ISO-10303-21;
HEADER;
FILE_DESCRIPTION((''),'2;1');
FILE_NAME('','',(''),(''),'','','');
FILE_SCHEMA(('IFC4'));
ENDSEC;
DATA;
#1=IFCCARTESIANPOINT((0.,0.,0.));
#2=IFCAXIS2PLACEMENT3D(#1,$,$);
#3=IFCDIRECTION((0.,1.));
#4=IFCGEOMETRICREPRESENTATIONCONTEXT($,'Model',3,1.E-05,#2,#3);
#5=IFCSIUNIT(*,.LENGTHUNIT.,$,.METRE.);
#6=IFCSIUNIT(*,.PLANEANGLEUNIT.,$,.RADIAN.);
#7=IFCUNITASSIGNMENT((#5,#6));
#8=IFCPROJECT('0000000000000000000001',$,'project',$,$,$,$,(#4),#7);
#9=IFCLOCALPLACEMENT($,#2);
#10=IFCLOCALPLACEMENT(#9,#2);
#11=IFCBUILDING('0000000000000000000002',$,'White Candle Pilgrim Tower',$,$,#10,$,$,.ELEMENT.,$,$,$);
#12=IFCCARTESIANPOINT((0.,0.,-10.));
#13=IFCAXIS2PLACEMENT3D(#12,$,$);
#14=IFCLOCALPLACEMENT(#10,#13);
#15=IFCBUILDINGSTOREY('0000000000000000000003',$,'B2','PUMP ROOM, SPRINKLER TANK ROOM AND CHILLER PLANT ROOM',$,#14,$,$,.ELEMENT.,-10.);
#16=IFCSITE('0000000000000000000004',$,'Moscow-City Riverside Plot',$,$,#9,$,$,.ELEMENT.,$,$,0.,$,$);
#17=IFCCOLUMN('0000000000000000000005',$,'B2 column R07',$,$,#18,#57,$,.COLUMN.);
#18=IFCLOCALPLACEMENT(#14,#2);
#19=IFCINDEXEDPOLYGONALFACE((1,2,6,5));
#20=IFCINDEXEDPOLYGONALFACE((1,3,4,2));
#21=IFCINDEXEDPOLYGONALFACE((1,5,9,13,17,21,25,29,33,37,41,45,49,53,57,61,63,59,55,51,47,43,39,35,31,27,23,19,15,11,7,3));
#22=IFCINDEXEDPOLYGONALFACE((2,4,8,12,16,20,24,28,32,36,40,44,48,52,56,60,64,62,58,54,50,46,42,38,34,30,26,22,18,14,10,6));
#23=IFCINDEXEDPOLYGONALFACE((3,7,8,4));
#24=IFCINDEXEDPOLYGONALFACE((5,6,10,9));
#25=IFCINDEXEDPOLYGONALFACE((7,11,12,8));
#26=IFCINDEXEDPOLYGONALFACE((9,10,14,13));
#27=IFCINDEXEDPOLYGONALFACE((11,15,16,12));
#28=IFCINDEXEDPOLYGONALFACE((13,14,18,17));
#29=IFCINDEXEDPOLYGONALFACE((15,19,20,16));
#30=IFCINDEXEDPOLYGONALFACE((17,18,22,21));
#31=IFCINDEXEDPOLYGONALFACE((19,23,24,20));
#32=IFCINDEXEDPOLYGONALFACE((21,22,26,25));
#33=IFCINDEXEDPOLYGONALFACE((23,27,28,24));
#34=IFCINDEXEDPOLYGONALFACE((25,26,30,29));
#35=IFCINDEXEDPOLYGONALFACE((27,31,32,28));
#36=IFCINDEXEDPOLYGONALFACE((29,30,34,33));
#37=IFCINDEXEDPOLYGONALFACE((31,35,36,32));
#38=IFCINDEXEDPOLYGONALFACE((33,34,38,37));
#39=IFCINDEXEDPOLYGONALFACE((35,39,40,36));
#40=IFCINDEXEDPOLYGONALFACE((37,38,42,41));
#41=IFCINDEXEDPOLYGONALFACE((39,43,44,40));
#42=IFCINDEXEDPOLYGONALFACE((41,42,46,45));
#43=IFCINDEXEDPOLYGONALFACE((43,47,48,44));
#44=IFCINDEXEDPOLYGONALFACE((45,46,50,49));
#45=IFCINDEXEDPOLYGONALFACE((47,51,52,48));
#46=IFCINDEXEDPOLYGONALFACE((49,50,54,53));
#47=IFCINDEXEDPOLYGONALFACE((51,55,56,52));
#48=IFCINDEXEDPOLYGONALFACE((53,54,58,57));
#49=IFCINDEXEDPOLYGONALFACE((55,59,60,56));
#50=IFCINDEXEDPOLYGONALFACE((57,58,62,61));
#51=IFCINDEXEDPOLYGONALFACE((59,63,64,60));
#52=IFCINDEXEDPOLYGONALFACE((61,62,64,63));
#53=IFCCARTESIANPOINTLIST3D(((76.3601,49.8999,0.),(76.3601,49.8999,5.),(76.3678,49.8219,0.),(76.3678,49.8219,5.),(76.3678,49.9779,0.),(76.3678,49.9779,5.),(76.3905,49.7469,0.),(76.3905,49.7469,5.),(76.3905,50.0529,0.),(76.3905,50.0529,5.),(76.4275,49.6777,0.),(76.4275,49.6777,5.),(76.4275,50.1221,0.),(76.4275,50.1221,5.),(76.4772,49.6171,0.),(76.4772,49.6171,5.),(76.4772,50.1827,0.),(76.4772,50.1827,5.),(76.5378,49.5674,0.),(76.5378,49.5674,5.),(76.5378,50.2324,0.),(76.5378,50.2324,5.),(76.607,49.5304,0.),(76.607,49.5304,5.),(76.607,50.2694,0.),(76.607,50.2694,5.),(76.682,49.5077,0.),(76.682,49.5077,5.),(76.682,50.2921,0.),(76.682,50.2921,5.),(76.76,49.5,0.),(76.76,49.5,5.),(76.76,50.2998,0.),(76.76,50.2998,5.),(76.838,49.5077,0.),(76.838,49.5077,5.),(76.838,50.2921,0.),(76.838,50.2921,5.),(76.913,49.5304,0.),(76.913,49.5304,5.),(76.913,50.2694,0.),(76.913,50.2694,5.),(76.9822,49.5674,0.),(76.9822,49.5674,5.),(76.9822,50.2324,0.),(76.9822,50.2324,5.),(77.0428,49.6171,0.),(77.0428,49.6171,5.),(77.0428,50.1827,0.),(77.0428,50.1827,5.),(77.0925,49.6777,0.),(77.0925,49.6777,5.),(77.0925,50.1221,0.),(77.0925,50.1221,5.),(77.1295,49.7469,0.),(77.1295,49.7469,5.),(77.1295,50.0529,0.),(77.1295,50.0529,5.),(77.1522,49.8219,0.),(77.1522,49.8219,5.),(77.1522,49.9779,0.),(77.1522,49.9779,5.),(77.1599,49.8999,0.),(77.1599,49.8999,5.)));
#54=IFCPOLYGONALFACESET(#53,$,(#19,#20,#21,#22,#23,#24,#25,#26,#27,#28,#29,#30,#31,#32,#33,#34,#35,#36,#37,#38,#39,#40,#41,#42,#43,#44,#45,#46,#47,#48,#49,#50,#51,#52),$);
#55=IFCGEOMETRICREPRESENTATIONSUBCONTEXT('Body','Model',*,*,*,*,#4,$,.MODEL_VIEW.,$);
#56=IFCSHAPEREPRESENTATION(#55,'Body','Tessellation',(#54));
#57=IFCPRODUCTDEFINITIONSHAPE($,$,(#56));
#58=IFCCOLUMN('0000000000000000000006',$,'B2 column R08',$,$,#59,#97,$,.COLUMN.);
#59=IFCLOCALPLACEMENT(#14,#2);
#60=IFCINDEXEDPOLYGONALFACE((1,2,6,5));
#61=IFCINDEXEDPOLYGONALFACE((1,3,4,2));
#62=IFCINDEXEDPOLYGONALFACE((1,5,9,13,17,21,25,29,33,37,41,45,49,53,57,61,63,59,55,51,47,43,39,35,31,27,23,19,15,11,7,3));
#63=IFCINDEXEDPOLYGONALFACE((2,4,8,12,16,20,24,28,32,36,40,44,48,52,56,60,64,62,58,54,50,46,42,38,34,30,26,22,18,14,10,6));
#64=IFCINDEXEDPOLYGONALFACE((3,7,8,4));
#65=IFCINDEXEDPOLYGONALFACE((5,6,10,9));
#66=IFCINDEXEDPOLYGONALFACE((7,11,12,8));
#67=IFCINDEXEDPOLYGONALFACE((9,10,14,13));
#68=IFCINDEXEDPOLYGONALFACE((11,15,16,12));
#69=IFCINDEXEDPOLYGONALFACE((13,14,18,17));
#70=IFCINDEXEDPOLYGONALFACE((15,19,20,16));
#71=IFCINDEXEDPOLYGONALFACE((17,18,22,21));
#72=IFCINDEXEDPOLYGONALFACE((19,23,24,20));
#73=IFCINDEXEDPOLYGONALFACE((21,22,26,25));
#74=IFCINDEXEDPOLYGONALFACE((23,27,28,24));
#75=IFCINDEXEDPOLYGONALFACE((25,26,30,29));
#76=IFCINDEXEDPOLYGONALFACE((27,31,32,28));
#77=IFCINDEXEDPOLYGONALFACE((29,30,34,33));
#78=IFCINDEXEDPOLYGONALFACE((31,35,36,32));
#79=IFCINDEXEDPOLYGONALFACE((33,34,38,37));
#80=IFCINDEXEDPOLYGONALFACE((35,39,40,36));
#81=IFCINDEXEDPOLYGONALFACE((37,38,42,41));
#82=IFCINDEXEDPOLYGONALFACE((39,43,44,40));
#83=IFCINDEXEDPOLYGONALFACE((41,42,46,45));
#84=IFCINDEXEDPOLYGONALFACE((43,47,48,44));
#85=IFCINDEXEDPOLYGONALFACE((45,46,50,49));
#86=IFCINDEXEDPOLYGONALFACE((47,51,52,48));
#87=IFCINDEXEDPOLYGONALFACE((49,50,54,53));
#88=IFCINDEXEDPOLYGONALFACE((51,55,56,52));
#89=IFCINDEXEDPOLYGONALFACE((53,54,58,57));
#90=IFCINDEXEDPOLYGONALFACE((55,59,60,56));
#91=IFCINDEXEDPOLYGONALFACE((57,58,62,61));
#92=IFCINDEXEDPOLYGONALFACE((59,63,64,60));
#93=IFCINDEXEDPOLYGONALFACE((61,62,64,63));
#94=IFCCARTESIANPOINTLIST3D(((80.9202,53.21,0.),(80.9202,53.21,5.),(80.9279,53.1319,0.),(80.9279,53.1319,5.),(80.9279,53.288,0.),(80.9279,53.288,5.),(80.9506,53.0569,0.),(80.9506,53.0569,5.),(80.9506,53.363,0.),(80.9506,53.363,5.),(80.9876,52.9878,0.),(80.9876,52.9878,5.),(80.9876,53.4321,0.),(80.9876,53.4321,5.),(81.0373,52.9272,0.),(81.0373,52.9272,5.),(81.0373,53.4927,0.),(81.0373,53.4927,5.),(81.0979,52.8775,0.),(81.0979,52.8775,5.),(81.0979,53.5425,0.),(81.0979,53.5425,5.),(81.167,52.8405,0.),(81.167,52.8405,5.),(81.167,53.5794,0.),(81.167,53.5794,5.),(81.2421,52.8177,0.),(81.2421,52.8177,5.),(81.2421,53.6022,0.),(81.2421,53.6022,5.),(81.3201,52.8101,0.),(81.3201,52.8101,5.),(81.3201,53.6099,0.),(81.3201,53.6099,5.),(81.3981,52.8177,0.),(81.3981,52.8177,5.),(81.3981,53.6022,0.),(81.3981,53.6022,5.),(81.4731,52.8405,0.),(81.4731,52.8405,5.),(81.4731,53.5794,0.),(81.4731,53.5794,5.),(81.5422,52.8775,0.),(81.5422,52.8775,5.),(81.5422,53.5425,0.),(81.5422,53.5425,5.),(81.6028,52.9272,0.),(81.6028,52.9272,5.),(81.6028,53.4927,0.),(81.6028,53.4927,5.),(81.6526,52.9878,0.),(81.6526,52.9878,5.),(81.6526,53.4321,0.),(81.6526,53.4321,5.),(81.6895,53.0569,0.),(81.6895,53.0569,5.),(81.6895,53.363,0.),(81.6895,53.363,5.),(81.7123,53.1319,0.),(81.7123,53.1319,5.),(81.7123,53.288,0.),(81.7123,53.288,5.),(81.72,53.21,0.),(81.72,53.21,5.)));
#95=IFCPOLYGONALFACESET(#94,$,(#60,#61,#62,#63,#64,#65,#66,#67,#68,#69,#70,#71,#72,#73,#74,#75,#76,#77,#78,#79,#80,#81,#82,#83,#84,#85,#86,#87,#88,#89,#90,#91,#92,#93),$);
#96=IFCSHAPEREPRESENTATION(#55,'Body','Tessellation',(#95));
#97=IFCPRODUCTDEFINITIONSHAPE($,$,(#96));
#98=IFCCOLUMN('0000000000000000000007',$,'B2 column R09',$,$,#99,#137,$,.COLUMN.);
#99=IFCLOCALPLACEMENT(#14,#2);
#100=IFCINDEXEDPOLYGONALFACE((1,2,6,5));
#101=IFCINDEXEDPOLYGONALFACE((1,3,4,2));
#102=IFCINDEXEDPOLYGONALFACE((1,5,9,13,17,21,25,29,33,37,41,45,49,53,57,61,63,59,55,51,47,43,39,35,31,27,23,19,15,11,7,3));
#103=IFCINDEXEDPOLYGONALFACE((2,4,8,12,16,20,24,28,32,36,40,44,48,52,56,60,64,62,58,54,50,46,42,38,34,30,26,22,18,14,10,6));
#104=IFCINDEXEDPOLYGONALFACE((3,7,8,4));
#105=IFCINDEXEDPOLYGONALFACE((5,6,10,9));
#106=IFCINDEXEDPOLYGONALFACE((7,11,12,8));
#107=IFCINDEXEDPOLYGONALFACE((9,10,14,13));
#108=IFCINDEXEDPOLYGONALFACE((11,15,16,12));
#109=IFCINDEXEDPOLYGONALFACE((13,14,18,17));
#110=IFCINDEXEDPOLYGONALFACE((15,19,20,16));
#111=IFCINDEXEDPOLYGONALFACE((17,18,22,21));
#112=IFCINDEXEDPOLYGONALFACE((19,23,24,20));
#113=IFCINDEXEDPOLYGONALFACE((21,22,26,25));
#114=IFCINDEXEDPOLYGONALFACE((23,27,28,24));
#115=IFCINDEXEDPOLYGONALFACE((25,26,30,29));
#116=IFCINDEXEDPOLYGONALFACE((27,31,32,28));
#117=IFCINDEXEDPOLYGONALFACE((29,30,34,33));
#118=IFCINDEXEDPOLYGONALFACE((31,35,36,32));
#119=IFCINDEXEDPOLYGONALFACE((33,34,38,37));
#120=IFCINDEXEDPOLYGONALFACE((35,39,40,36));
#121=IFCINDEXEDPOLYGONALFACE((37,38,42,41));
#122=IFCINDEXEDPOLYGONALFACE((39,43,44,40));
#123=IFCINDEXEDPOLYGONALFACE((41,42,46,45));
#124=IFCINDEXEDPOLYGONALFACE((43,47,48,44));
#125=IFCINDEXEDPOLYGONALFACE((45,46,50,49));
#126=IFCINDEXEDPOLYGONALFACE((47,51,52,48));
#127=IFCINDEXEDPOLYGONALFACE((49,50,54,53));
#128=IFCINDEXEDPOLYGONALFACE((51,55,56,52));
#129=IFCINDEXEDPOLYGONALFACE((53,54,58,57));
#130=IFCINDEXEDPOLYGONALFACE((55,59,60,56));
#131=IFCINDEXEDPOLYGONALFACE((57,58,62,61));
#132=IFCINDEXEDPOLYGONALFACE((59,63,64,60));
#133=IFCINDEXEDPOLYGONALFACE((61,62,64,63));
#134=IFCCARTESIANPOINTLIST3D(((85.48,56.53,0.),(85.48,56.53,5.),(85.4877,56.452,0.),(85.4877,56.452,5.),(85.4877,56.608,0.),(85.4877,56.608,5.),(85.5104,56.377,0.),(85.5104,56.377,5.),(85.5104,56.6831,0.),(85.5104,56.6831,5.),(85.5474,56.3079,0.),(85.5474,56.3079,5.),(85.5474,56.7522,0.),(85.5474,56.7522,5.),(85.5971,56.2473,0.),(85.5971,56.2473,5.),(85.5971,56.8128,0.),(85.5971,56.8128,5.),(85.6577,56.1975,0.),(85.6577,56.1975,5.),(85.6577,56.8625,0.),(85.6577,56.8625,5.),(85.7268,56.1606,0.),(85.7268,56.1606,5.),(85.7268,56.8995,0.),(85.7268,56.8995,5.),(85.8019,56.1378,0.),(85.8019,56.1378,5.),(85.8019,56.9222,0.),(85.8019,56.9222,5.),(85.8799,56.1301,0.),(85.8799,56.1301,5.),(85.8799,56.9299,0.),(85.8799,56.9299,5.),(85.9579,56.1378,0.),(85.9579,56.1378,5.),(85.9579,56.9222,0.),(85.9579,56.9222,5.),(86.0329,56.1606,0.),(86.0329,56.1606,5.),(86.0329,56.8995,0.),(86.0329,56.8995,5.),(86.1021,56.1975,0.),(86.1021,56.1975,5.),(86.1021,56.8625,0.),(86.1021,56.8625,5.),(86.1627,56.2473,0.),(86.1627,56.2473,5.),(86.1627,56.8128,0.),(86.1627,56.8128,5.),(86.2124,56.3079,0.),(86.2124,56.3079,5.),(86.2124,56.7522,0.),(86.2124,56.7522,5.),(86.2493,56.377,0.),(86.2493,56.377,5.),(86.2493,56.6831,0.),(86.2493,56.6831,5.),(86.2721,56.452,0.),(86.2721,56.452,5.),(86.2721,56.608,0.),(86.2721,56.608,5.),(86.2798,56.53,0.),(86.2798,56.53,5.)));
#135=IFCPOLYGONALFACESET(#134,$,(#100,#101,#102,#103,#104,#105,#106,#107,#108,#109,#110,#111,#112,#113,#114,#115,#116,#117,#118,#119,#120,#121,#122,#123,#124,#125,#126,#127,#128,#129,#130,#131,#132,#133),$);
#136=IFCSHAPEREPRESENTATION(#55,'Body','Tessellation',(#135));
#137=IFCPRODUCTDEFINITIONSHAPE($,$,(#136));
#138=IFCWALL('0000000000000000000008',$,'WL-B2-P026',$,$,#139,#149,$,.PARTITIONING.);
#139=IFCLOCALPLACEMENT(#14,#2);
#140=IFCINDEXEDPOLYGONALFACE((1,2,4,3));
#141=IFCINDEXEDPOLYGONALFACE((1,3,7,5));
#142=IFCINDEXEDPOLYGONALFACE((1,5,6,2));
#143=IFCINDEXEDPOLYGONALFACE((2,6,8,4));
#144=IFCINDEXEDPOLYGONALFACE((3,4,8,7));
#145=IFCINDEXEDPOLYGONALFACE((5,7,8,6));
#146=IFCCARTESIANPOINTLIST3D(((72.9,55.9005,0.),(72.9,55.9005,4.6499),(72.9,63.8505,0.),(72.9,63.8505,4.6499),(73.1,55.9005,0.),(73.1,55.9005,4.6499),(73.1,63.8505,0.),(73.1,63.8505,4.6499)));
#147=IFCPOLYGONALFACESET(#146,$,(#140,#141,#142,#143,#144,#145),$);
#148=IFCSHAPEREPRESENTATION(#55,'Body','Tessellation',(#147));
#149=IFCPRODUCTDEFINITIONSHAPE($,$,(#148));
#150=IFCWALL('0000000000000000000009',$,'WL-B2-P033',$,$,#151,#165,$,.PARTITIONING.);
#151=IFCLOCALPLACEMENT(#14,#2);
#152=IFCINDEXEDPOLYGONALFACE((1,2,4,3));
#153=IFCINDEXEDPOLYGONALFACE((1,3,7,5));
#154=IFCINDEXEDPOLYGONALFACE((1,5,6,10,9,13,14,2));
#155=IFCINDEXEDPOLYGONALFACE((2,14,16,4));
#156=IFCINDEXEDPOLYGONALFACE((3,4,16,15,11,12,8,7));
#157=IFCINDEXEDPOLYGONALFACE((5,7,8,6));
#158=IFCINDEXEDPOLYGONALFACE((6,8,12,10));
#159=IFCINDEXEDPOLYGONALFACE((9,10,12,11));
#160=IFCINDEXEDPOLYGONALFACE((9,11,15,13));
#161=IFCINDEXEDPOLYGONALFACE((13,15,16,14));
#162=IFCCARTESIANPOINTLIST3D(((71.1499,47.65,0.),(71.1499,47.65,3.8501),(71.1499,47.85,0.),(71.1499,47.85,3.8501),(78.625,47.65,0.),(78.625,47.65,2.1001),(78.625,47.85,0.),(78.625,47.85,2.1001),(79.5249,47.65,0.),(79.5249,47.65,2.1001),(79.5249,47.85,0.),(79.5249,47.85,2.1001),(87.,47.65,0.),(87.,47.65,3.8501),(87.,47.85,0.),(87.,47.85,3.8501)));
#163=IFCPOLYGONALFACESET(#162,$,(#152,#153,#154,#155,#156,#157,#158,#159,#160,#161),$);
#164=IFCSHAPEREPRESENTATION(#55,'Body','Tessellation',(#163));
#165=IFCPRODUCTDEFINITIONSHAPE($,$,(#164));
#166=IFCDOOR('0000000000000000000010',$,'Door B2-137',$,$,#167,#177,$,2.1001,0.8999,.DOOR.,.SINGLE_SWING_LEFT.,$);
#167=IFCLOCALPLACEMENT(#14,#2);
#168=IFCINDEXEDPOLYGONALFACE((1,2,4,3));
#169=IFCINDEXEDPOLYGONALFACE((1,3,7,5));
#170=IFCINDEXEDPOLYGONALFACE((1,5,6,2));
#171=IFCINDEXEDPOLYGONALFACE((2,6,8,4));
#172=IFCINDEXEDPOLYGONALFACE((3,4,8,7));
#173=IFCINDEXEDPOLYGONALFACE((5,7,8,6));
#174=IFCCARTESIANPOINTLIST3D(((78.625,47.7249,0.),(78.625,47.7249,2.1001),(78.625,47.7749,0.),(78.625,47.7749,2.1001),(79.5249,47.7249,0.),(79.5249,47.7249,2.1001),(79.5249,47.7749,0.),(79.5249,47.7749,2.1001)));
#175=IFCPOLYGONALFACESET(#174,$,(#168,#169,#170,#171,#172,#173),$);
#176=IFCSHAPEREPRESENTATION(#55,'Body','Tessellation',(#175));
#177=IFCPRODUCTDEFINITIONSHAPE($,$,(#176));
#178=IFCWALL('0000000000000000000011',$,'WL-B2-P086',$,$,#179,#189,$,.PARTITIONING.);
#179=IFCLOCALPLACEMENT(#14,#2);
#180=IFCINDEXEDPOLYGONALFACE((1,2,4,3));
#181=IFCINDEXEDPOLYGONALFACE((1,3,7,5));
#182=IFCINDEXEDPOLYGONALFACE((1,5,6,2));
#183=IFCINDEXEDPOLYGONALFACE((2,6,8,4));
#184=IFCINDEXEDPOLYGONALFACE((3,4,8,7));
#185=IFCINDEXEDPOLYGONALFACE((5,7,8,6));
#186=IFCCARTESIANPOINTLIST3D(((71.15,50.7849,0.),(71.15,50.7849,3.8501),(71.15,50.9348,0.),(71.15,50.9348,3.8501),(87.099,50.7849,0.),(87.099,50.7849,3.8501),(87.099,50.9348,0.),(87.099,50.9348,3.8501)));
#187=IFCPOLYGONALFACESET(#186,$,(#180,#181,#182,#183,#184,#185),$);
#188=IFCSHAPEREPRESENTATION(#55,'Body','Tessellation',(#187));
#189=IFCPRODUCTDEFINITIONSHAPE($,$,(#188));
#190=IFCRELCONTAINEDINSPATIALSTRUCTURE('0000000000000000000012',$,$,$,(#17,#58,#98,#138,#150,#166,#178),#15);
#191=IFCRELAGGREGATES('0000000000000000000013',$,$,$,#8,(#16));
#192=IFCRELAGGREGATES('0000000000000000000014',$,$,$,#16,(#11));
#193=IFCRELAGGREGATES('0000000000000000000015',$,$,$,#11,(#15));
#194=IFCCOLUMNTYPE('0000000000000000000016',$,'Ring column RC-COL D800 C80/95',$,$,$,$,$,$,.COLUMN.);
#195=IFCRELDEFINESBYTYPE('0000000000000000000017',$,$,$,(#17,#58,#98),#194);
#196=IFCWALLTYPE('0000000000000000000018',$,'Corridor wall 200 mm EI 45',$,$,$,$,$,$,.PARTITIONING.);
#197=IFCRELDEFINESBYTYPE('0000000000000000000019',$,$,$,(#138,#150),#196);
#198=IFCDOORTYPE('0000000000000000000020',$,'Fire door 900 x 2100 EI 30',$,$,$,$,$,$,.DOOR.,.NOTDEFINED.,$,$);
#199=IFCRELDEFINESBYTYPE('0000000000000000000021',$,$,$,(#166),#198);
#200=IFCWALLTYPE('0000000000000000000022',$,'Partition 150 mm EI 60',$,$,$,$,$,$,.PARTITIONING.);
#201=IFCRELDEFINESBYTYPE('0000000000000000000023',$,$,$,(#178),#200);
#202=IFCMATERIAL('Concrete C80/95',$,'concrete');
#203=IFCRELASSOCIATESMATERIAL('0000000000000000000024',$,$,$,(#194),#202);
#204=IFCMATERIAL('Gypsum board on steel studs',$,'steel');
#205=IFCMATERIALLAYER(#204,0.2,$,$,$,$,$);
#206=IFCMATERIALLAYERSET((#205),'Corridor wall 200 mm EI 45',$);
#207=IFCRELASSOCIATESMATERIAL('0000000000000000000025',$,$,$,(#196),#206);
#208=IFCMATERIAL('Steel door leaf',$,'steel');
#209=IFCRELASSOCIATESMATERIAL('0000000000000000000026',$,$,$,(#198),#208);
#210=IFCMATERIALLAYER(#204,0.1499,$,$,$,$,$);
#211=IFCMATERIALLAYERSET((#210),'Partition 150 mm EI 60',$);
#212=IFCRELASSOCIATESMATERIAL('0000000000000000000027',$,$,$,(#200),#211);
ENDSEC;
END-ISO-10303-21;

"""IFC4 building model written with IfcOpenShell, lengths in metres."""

from ifc_helpers import new_model, si_unit, direction, frame, frame_2d, origin, origin_2d, place, context, subcontext, project, spatial, rectangle, circle, extrude, material, layer, layer_set, material_profile, profile_set, type_object, element, fill, save


model = new_model("IFC4")

# Units and contexts
model_context = context("Model", 3, precision=1e-05, world=origin(), true_north=direction((0.0, 1.0)))
body_context = subcontext(model_context, "Body", "Model", "MODEL_VIEW")
ifc_project = project(units=[si_unit("LENGTHUNIT", "METRE"), si_unit("PLANEANGLEUNIT", "RADIAN")], contexts=[model_context])

# Site, building, storey
site_placement = place(None, origin())
site = spatial("IfcSite", under=ifc_project, at=site_placement, Name="Moscow-City Riverside Plot", CompositionType="ELEMENT", RefElevation=0.0)
building_placement = place(site_placement, origin())
building = spatial("IfcBuilding", under=site, at=building_placement, Name="White Candle Pilgrim Tower", CompositionType="ELEMENT")
storey_placement = place(building_placement, frame((0.0, 0.0, -10.0)))
storey = spatial("IfcBuildingStorey", under=building, at=storey_placement, Name="B2", Description="PUMP ROOM, SPRINKLER TANK ROOM AND CHILLER PLANT ROOM", CompositionType="ELEMENT", Elevation=-10.0)

# Columns
ifc_material_1 = material(Name="Concrete C80/95", Category="concrete")
ifc_material_profile_1 = material_profile(ifc_material_1, circle(Radius=0.3999, at=origin_2d()), Name="RC-COL D800")
ifc_profile_set_1 = profile_set([ifc_material_profile_1], Name="Concrete C80/95")
column_type_1 = type_object("IfcColumnType", Name="Ring column RC-COL D800 C80/95", PredefinedType="COLUMN", material=ifc_profile_set_1)
for number, where, z_axis, x_axis, name in (
    (1, (76.76, 49.8999, 0.0), (0.0, 0.0, 1.0), (1.0, 0.0, 0.0), "B2 column R07"),
    (2, (81.3201, 53.21, 0.0), (0.0, 0.0, 1.0), (1.0, 0.0, 0.0), "B2 column R08"),
    (3, (85.8799, 56.53, 0.0), (0.0, 0.0, 1.0), (1.0, 0.0, 0.0), "B2 column R09"),
):
    element("IfcColumn", number, at=place(storey_placement, frame(where, z_axis=z_axis, x_axis=x_axis)), inside=storey, type_object=column_type_1, Name=name, PredefinedType="COLUMN", context=body_context, shape_type="SweptSolid", body=[
        extrude(circle(Radius=0.3999, at=origin_2d()), origin(), (0.0, 0.0, 1.0), 5.0),
    ])

# Wall
ifc_material_2 = material(Name="Gypsum board on steel studs", Category="steel")
ifc_layer_1 = layer(ifc_material_2, 0.2)
ifc_layer_set_1 = layer_set([ifc_layer_1], Name="Corridor wall 200 mm EI 45")
wall_type_1 = type_object("IfcWallType", Name="Corridor wall 200 mm EI 45", PredefinedType="PARTITIONING", material=ifc_layer_set_1)
wall_1_placement = place(storey_placement, frame((73.0, 55.9004, 0.0), z_axis=(0.0, 0.0, 1.0), x_axis=(0.0, 1.0, 0.0)))
element("IfcWall", 4, at=wall_1_placement, inside=storey, type_object=wall_type_1, Name="WL-B2-P026", PredefinedType="PARTITIONING", context=body_context, shape_type="SweptSolid", body=[
    extrude(rectangle(XDim=7.95, YDim=0.2, at=frame_2d((3.9751, 0.0))), origin(), (0.0, 0.0, 1.0), 4.6499),
])

# Wall, opening, door
wall_2_placement = place(storey_placement, frame((71.1499, 47.75, 0.0), z_axis=(0.0, 0.0, 1.0), x_axis=(1.0, 0.0, 0.0)))
wall_2 = element("IfcWall", 5, at=wall_2_placement, inside=storey, type_object=wall_type_1, Name="WL-B2-P033", PredefinedType="PARTITIONING", context=body_context, shape_type="SweptSolid", body=[
    extrude(rectangle(XDim=15.8501, YDim=0.2, at=frame_2d((7.925, 0.0))), origin(), (0.0, 0.0, 1.0), 3.8501),
])
opening_placement = place(wall_2_placement, frame((7.4751, 0.0, 0.0)))
opening = element("IfcOpeningElement", 6, at=opening_placement, cuts=wall_2, PredefinedType="OPENING", context=body_context, shape_type="SweptSolid", body=[
    extrude(rectangle(XDim=0.8999, YDim=2.1001, at=frame_2d((0.45, 1.05))), frame((0.0, 0.1099, 0.0), z_axis=(0.0, -1.0, 0.0), x_axis=(1.0, 0.0, 0.0)), (0.0, 0.0, 1.0), 0.22),
])
ifc_material_3 = material(Name="Steel door leaf", Category="steel")
door_type = type_object("IfcDoorType", Name="Fire door 900 x 2100 EI 30", OperationType="NOTDEFINED", PredefinedType="DOOR", material=ifc_material_3)
door_placement = place(opening_placement, origin())
door = element("IfcDoor", 7, at=door_placement, inside=storey, type_object=door_type, Name="Door B2-137", OperationType="SINGLE_SWING_LEFT", OverallHeight=2.1001, OverallWidth=0.8999, PredefinedType="DOOR", context=body_context, shape_type="SweptSolid", body=[
    extrude(rectangle(XDim=0.8999, YDim=2.1001, at=frame_2d((0.45, 1.05))), frame((0.0, 0.0249, 0.0), z_axis=(0.0, -1.0, 0.0), x_axis=(1.0, 0.0, 0.0)), (0.0, 0.0, 1.0), 0.05),
])
fill(opening, door)

# Wall
ifc_layer_2 = layer(ifc_material_2, 0.1499)
ifc_layer_set_2 = layer_set([ifc_layer_2], Name="Partition 150 mm EI 60")
wall_type_2 = type_object("IfcWallType", Name="Partition 150 mm EI 60", PredefinedType="PARTITIONING", material=ifc_layer_set_2)
wall_3_placement = place(storey_placement, frame((71.1499, 50.8599, 0.0), z_axis=(0.0, 0.0, 1.0), x_axis=(1.0, 0.0, 0.0)))
element("IfcWall", 8, at=wall_3_placement, inside=storey, type_object=wall_type_2, Name="WL-B2-P086", PredefinedType="PARTITIONING", context=body_context, shape_type="SweptSolid", body=[
    extrude(rectangle(XDim=15.949, YDim=0.1499, at=frame_2d((7.9746, 0.0))), origin(), (0.0, 0.0, 1.0), 3.8501),
])

save(model, "model.ifc")
